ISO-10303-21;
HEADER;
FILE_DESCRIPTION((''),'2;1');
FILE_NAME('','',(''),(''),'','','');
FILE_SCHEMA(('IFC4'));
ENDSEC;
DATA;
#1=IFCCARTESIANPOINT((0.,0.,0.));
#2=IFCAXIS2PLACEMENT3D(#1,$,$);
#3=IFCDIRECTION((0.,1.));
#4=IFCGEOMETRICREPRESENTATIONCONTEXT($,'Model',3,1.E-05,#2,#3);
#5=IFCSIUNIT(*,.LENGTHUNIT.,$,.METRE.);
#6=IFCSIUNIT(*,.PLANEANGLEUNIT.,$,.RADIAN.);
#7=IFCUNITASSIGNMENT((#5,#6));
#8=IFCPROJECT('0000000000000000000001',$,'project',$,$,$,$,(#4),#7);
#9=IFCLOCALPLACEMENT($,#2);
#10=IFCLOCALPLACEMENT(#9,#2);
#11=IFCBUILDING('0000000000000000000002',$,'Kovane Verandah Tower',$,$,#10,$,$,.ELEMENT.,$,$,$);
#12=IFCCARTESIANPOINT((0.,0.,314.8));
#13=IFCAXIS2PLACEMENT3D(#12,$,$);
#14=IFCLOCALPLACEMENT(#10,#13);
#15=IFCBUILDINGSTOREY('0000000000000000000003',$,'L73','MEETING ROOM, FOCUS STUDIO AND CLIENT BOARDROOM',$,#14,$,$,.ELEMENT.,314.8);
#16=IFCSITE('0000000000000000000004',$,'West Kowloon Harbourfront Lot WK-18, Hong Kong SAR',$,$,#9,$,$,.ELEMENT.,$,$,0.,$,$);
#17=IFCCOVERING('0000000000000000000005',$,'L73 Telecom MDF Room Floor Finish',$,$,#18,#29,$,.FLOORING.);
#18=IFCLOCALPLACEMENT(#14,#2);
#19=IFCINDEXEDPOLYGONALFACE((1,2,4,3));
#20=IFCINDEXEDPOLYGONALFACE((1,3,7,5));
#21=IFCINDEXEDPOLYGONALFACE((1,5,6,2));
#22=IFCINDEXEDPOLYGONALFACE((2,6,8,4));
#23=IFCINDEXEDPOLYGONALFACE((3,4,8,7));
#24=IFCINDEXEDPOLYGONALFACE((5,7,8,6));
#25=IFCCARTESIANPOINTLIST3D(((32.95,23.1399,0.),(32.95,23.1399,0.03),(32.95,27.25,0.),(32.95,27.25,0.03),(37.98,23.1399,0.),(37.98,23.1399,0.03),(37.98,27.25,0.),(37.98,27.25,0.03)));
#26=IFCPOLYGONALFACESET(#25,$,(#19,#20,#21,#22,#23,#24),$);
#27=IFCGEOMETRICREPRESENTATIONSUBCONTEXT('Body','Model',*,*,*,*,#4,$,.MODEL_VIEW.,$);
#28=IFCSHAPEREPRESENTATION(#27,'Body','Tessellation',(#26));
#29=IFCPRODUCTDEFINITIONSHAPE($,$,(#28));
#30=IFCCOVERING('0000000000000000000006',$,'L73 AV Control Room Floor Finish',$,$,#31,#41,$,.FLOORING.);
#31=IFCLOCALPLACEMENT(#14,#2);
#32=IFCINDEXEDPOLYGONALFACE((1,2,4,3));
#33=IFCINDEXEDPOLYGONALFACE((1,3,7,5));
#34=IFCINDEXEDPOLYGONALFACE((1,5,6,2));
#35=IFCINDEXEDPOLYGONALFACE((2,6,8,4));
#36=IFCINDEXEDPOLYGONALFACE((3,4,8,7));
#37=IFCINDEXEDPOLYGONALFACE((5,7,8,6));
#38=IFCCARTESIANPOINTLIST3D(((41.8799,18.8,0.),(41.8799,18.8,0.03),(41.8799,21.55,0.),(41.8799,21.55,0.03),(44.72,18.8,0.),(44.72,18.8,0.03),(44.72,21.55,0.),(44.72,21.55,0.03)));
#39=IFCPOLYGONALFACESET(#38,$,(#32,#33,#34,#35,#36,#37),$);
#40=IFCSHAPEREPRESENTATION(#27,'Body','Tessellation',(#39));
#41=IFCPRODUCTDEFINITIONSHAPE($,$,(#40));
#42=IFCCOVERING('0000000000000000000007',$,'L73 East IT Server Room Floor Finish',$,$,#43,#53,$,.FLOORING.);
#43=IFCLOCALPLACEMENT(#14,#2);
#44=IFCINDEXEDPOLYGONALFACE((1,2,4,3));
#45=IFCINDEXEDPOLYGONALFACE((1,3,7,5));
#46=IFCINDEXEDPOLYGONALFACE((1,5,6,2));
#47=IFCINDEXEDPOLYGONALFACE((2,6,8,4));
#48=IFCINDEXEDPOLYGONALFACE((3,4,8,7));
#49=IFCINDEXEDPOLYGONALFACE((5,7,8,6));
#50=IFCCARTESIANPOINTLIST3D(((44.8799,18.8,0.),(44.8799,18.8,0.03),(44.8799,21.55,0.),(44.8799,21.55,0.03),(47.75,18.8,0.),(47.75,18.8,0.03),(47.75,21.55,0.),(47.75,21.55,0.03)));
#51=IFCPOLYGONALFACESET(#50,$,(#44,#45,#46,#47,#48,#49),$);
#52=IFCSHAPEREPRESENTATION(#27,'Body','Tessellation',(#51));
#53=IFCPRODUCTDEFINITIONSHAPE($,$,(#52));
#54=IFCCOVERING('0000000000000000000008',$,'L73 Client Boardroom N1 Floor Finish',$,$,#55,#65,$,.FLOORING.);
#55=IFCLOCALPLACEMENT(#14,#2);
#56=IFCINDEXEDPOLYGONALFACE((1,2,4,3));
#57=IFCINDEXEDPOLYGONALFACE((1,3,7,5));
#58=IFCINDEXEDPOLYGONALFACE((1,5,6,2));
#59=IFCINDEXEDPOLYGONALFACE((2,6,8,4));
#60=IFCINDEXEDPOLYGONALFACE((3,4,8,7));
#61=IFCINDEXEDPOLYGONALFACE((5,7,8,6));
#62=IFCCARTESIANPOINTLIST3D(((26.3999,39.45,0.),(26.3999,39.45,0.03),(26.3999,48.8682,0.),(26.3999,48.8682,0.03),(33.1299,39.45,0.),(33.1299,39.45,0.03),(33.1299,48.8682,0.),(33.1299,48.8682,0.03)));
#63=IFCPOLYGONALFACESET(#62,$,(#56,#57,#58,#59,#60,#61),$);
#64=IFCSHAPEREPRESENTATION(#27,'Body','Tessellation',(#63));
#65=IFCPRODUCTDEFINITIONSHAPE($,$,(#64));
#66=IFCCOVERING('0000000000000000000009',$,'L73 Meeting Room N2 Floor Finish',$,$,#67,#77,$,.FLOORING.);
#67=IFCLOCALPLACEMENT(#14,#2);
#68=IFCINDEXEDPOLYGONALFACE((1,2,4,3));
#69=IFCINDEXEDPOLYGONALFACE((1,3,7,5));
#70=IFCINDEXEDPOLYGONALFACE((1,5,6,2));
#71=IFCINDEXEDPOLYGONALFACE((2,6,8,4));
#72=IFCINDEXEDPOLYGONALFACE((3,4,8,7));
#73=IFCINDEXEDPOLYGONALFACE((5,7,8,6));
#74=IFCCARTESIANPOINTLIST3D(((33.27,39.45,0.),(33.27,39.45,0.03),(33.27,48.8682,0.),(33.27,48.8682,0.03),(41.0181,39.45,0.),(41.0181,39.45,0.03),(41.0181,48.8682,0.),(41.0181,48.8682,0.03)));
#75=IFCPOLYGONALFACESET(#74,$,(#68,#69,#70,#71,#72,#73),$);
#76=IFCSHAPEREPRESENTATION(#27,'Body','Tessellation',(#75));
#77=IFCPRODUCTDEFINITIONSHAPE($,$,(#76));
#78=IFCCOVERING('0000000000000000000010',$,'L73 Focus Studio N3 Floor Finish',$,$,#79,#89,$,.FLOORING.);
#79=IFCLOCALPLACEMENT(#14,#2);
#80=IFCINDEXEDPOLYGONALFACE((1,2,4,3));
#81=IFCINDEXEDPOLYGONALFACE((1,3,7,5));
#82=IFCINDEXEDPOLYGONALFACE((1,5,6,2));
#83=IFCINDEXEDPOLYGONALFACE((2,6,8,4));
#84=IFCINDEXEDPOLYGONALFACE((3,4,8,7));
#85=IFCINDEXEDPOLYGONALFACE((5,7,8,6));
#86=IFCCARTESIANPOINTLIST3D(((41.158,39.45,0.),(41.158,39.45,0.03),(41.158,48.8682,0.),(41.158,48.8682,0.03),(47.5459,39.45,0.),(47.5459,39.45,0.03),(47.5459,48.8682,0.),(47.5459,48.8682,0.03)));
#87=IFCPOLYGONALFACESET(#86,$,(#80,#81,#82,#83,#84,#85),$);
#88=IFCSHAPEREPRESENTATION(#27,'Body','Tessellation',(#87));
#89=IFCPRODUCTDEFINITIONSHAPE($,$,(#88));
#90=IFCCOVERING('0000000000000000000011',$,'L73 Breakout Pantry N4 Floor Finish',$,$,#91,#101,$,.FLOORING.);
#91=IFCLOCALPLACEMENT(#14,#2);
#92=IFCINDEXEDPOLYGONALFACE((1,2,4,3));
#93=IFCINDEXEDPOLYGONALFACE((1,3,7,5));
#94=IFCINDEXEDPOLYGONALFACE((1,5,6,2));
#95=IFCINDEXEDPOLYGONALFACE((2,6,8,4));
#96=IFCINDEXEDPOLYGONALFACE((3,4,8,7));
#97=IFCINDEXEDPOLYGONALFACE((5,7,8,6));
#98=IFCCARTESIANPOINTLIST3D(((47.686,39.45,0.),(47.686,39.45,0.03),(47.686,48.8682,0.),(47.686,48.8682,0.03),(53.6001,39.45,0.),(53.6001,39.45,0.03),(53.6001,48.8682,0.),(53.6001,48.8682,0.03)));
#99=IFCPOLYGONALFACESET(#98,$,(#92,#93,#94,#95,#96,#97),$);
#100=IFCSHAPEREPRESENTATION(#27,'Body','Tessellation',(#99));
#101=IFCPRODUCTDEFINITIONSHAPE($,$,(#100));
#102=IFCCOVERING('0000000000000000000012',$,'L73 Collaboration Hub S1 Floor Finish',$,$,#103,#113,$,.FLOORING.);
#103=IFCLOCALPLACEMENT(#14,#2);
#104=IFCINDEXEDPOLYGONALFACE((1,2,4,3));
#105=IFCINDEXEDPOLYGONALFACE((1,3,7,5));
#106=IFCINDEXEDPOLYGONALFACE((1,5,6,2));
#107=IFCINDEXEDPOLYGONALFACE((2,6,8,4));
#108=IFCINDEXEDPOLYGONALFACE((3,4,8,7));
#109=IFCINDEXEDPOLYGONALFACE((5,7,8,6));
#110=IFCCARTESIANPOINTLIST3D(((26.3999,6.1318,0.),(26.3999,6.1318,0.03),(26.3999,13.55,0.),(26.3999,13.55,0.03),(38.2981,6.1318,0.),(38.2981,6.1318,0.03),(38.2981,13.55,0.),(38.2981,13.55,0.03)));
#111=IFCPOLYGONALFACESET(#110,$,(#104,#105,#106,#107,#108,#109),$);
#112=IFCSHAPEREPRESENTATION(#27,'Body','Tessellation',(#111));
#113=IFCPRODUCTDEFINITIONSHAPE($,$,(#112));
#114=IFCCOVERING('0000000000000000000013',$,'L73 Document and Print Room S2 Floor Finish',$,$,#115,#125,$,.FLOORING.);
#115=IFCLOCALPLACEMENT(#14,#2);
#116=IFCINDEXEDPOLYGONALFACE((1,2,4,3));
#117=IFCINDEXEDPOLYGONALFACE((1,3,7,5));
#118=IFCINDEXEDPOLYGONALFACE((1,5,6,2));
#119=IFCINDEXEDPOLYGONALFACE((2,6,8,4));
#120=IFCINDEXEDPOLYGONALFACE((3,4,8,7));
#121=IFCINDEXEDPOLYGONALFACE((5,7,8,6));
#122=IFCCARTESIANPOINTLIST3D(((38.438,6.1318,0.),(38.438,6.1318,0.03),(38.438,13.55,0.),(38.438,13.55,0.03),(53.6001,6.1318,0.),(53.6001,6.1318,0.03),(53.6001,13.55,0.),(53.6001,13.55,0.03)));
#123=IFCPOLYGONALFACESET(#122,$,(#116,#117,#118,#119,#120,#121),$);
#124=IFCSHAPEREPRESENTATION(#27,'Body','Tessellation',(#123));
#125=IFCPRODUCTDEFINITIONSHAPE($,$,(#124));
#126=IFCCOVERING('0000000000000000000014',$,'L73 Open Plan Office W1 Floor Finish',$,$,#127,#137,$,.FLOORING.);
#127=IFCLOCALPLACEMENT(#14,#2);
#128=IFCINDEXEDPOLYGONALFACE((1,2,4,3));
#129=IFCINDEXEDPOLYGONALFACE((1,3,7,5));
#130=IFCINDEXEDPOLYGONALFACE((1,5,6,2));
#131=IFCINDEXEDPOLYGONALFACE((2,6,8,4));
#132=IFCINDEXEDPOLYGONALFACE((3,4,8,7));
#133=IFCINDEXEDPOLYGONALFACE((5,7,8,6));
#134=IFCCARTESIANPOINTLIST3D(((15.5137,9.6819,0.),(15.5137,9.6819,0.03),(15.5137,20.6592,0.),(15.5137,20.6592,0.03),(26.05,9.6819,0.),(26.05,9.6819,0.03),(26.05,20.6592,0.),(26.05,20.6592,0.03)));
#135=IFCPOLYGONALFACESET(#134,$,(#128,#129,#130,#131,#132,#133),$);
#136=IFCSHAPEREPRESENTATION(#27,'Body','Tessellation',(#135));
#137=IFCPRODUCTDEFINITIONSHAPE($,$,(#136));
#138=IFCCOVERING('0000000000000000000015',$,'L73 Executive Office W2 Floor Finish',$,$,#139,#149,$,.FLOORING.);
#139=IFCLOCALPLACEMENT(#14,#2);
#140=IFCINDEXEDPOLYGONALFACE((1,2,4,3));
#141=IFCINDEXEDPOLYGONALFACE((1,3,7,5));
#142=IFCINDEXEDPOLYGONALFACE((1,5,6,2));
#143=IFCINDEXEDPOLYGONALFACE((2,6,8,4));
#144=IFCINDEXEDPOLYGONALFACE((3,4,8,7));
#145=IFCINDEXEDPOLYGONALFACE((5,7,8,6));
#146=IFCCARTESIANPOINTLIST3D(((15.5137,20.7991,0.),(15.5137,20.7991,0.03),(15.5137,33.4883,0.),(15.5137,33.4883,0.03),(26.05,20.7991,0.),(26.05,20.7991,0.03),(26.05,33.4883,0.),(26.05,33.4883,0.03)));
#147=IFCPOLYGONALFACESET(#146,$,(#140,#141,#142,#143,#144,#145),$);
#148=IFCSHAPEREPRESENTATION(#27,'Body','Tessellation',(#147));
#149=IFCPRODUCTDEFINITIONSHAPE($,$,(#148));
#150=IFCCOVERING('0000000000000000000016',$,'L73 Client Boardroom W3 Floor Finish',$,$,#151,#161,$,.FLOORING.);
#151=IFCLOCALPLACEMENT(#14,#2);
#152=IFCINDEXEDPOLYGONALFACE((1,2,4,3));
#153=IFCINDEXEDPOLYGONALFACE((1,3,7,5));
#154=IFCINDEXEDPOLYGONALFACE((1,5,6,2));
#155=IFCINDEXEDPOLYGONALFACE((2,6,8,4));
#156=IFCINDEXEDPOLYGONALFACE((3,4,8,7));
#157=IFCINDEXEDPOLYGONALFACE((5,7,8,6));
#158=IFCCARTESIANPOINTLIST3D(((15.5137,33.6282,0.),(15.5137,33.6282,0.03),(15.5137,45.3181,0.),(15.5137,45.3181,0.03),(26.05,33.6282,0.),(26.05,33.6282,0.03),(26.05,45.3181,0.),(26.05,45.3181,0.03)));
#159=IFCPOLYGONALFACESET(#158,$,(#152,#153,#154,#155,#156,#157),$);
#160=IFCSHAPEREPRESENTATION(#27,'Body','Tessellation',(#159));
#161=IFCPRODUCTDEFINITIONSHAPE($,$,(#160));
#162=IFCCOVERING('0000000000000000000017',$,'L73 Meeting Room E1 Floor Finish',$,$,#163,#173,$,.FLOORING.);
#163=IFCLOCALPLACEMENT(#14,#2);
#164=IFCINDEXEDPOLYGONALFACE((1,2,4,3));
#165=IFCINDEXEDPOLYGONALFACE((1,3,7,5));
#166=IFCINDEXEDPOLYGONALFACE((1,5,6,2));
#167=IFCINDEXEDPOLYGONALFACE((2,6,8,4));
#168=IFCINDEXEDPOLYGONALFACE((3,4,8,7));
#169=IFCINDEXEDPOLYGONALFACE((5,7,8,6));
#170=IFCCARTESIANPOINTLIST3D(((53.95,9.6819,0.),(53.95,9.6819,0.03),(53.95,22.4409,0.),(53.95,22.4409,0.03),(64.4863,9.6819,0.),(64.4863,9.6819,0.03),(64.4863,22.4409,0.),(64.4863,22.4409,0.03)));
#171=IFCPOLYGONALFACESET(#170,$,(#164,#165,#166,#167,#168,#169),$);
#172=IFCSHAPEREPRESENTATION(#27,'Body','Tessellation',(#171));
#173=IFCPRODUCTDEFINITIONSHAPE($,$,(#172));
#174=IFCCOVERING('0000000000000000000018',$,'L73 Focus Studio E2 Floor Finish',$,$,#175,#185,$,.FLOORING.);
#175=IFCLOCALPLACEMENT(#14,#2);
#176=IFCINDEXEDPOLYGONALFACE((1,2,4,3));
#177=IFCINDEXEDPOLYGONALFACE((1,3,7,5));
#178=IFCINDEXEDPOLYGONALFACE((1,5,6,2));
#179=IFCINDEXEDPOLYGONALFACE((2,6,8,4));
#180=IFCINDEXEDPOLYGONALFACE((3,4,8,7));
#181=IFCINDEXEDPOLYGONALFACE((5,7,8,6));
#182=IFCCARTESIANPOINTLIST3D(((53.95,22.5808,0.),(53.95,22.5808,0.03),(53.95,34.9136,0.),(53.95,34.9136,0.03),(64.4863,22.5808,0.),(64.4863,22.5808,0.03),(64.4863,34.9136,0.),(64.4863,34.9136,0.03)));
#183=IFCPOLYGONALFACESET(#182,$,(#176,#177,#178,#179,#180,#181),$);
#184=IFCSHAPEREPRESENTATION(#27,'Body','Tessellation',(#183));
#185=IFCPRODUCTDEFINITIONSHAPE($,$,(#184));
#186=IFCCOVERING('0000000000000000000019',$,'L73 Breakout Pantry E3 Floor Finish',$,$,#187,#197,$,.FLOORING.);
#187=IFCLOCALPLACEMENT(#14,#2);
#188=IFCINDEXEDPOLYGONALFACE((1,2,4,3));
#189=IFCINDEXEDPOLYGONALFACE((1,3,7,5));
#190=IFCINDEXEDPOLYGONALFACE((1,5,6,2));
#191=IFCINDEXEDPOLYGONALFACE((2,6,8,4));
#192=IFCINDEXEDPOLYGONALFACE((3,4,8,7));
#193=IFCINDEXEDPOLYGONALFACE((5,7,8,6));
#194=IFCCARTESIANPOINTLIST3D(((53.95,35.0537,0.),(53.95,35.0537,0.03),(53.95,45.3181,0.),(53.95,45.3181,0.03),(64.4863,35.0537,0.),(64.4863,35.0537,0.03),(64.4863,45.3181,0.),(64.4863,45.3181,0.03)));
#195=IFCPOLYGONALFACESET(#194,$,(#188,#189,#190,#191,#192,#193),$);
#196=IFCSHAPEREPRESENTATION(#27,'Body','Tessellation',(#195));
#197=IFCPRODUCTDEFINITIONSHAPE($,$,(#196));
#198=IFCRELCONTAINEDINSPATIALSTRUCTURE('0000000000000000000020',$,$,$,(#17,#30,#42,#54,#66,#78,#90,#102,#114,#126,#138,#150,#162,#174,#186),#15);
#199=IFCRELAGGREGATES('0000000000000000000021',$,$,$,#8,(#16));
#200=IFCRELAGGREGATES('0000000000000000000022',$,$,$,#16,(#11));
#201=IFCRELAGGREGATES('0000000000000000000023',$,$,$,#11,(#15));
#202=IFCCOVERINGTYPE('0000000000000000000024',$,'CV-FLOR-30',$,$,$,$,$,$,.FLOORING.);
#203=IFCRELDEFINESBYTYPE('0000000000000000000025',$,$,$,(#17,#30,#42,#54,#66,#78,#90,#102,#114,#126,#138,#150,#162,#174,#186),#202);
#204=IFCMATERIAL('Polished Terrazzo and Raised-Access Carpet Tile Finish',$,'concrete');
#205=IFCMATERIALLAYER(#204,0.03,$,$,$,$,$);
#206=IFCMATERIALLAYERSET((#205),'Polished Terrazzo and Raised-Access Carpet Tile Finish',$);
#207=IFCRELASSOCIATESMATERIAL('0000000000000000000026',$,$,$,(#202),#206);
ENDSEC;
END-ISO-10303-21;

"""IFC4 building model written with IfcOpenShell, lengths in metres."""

from ifc_helpers import new_model, si_unit, direction, frame, origin, place, context, subcontext, project, spatial, polyline, outline, extrude, material, layer, layer_set, type_object, element, save


model = new_model("IFC4")

# Units and contexts
model_context = context("Model", 3, precision=1e-05, world=origin(), true_north=direction((0.0, 1.0)))
body_context = subcontext(model_context, "Body", "Model", "MODEL_VIEW")
ifc_project = project(units=[si_unit("LENGTHUNIT", "METRE"), si_unit("PLANEANGLEUNIT", "RADIAN")], contexts=[model_context])

# Site, building, storey
site_placement = place(None, origin())
site = spatial("IfcSite", under=ifc_project, at=site_placement, Name="West Kowloon Harbourfront Lot WK-18, Hong Kong SAR", CompositionType="ELEMENT", RefElevation=0.0)
building_placement = place(site_placement, origin())
building = spatial("IfcBuilding", under=site, at=building_placement, Name="Kovane Verandah Tower", CompositionType="ELEMENT")
storey_placement = place(building_placement, frame((0.0, 0.0, 314.8)))
storey = spatial("IfcBuildingStorey", under=building, at=storey_placement, Name="L73", Description="MEETING ROOM, FOCUS STUDIO AND CLIENT BOARDROOM", CompositionType="ELEMENT", Elevation=314.8)

# Coverings
ifc_material_1 = material(Name="Polished Terrazzo and Raised-Access Carpet Tile Finish", Category="concrete")
ifc_layer_1 = layer(ifc_material_1, 0.03)
ifc_layer_set_1 = layer_set([ifc_layer_1], Name="Polished Terrazzo and Raised-Access Carpet Tile Finish")
covering_type_1 = type_object("IfcCoveringType", Name="CV-FLOR-30", PredefinedType="FLOORING", material=ifc_layer_set_1)
covering_1_placement = place(storey_placement, origin())
element("IfcCovering", 1, at=covering_1_placement, inside=storey, type_object=covering_type_1, Name="L73 Telecom MDF Room Floor Finish", PredefinedType="FLOORING", context=body_context, shape_type="SweptSolid", body=[
    extrude(outline(polyline([(32.95, 23.1399), (37.98, 23.1399), (37.98, 27.25), (32.95, 27.25), (32.95, 23.1399)])), origin(), (0.0, 0.0, 1.0), 0.03),
])
covering_2_placement = place(storey_placement, origin())
element("IfcCovering", 2, at=covering_2_placement, inside=storey, type_object=covering_type_1, Name="L73 AV Control Room Floor Finish", PredefinedType="FLOORING", context=body_context, shape_type="SweptSolid", body=[
    extrude(outline(polyline([(41.8799, 18.8), (44.72, 18.8), (44.72, 21.55), (41.8799, 21.55), (41.8799, 18.8)])), origin(), (0.0, 0.0, 1.0), 0.03),
])
covering_3_placement = place(storey_placement, origin())
element("IfcCovering", 3, at=covering_3_placement, inside=storey, type_object=covering_type_1, Name="L73 East IT Server Room Floor Finish", PredefinedType="FLOORING", context=body_context, shape_type="SweptSolid", body=[
    extrude(outline(polyline([(44.8799, 18.8), (47.75, 18.8), (47.75, 21.55), (44.8799, 21.55), (44.8799, 18.8)])), origin(), (0.0, 0.0, 1.0), 0.03),
])
covering_4_placement = place(storey_placement, origin())
element("IfcCovering", 4, at=covering_4_placement, inside=storey, type_object=covering_type_1, Name="L73 Client Boardroom N1 Floor Finish", PredefinedType="FLOORING", context=body_context, shape_type="SweptSolid", body=[
    extrude(outline(polyline([(26.3999, 39.45), (33.1299, 39.45), (33.1299, 48.8682), (26.3999, 48.8682), (26.3999, 39.45)])), origin(), (0.0, 0.0, 1.0), 0.03),
])
covering_5_placement = place(storey_placement, origin())
element("IfcCovering", 5, at=covering_5_placement, inside=storey, type_object=covering_type_1, Name="L73 Meeting Room N2 Floor Finish", PredefinedType="FLOORING", context=body_context, shape_type="SweptSolid", body=[
    extrude(outline(polyline([(33.27, 39.45), (41.0181, 39.45), (41.0181, 48.8682), (33.27, 48.8682), (33.27, 39.45)])), origin(), (0.0, 0.0, 1.0), 0.03),
])
covering_6_placement = place(storey_placement, origin())
element("IfcCovering", 6, at=covering_6_placement, inside=storey, type_object=covering_type_1, Name="L73 Focus Studio N3 Floor Finish", PredefinedType="FLOORING", context=body_context, shape_type="SweptSolid", body=[
    extrude(outline(polyline([(41.158, 39.45), (47.5459, 39.45), (47.5459, 48.8682), (41.158, 48.8682), (41.158, 39.45)])), origin(), (0.0, 0.0, 1.0), 0.03),
])
covering_7_placement = place(storey_placement, origin())
element("IfcCovering", 7, at=covering_7_placement, inside=storey, type_object=covering_type_1, Name="L73 Breakout Pantry N4 Floor Finish", PredefinedType="FLOORING", context=body_context, shape_type="SweptSolid", body=[
    extrude(outline(polyline([(47.686, 39.45), (53.6001, 39.45), (53.6001, 48.8682), (47.686, 48.8682), (47.686, 39.45)])), origin(), (0.0, 0.0, 1.0), 0.03),
])
covering_8_placement = place(storey_placement, origin())
element("IfcCovering", 8, at=covering_8_placement, inside=storey, type_object=covering_type_1, Name="L73 Collaboration Hub S1 Floor Finish", PredefinedType="FLOORING", context=body_context, shape_type="SweptSolid", body=[
    extrude(outline(polyline([(26.3999, 6.1318), (38.2981, 6.1318), (38.2981, 13.55), (26.3999, 13.55), (26.3999, 6.1318)])), origin(), (0.0, 0.0, 1.0), 0.03),
])
covering_9_placement = place(storey_placement, origin())
element("IfcCovering", 9, at=covering_9_placement, inside=storey, type_object=covering_type_1, Name="L73 Document and Print Room S2 Floor Finish", PredefinedType="FLOORING", context=body_context, shape_type="SweptSolid", body=[
    extrude(outline(polyline([(38.438, 6.1318), (53.6001, 6.1318), (53.6001, 13.55), (38.438, 13.55), (38.438, 6.1318)])), origin(), (0.0, 0.0, 1.0), 0.03),
])
covering_10_placement = place(storey_placement, origin())
element("IfcCovering", 10, at=covering_10_placement, inside=storey, type_object=covering_type_1, Name="L73 Open Plan Office W1 Floor Finish", PredefinedType="FLOORING", context=body_context, shape_type="SweptSolid", body=[
    extrude(outline(polyline([(15.5137, 9.6819), (26.05, 9.6819), (26.05, 20.6592), (15.5137, 20.6592), (15.5137, 9.6819)])), origin(), (0.0, 0.0, 1.0), 0.03),
])
covering_11_placement = place(storey_placement, origin())
element("IfcCovering", 11, at=covering_11_placement, inside=storey, type_object=covering_type_1, Name="L73 Executive Office W2 Floor Finish", PredefinedType="FLOORING", context=body_context, shape_type="SweptSolid", body=[
    extrude(outline(polyline([(15.5137, 20.7991), (26.05, 20.7991), (26.05, 33.4883), (15.5137, 33.4883), (15.5137, 20.7991)])), origin(), (0.0, 0.0, 1.0), 0.03),
])
covering_12_placement = place(storey_placement, origin())
element("IfcCovering", 12, at=covering_12_placement, inside=storey, type_object=covering_type_1, Name="L73 Client Boardroom W3 Floor Finish", PredefinedType="FLOORING", context=body_context, shape_type="SweptSolid", body=[
    extrude(outline(polyline([(15.5137, 33.6282), (26.05, 33.6282), (26.05, 45.3181), (15.5137, 45.3181), (15.5137, 33.6282)])), origin(), (0.0, 0.0, 1.0), 0.03),
])
covering_13_placement = place(storey_placement, origin())
element("IfcCovering", 13, at=covering_13_placement, inside=storey, type_object=covering_type_1, Name="L73 Meeting Room E1 Floor Finish", PredefinedType="FLOORING", context=body_context, shape_type="SweptSolid", body=[
    extrude(outline(polyline([(53.95, 9.6819), (64.4863, 9.6819), (64.4863, 22.4409), (53.95, 22.4409), (53.95, 9.6819)])), origin(), (0.0, 0.0, 1.0), 0.03),
])
covering_14_placement = place(storey_placement, origin())
element("IfcCovering", 14, at=covering_14_placement, inside=storey, type_object=covering_type_1, Name="L73 Focus Studio E2 Floor Finish", PredefinedType="FLOORING", context=body_context, shape_type="SweptSolid", body=[
    extrude(outline(polyline([(53.95, 22.5808), (64.4863, 22.5808), (64.4863, 34.9136), (53.95, 34.9136), (53.95, 22.5808)])), origin(), (0.0, 0.0, 1.0), 0.03),
])
covering_15_placement = place(storey_placement, origin())
element("IfcCovering", 15, at=covering_15_placement, inside=storey, type_object=covering_type_1, Name="L73 Breakout Pantry E3 Floor Finish", PredefinedType="FLOORING", context=body_context, shape_type="SweptSolid", body=[
    extrude(outline(polyline([(53.95, 35.0537), (64.4863, 35.0537), (64.4863, 45.3181), (53.95, 45.3181), (53.95, 35.0537)])), origin(), (0.0, 0.0, 1.0), 0.03),
])

save(model, "model.ifc")
